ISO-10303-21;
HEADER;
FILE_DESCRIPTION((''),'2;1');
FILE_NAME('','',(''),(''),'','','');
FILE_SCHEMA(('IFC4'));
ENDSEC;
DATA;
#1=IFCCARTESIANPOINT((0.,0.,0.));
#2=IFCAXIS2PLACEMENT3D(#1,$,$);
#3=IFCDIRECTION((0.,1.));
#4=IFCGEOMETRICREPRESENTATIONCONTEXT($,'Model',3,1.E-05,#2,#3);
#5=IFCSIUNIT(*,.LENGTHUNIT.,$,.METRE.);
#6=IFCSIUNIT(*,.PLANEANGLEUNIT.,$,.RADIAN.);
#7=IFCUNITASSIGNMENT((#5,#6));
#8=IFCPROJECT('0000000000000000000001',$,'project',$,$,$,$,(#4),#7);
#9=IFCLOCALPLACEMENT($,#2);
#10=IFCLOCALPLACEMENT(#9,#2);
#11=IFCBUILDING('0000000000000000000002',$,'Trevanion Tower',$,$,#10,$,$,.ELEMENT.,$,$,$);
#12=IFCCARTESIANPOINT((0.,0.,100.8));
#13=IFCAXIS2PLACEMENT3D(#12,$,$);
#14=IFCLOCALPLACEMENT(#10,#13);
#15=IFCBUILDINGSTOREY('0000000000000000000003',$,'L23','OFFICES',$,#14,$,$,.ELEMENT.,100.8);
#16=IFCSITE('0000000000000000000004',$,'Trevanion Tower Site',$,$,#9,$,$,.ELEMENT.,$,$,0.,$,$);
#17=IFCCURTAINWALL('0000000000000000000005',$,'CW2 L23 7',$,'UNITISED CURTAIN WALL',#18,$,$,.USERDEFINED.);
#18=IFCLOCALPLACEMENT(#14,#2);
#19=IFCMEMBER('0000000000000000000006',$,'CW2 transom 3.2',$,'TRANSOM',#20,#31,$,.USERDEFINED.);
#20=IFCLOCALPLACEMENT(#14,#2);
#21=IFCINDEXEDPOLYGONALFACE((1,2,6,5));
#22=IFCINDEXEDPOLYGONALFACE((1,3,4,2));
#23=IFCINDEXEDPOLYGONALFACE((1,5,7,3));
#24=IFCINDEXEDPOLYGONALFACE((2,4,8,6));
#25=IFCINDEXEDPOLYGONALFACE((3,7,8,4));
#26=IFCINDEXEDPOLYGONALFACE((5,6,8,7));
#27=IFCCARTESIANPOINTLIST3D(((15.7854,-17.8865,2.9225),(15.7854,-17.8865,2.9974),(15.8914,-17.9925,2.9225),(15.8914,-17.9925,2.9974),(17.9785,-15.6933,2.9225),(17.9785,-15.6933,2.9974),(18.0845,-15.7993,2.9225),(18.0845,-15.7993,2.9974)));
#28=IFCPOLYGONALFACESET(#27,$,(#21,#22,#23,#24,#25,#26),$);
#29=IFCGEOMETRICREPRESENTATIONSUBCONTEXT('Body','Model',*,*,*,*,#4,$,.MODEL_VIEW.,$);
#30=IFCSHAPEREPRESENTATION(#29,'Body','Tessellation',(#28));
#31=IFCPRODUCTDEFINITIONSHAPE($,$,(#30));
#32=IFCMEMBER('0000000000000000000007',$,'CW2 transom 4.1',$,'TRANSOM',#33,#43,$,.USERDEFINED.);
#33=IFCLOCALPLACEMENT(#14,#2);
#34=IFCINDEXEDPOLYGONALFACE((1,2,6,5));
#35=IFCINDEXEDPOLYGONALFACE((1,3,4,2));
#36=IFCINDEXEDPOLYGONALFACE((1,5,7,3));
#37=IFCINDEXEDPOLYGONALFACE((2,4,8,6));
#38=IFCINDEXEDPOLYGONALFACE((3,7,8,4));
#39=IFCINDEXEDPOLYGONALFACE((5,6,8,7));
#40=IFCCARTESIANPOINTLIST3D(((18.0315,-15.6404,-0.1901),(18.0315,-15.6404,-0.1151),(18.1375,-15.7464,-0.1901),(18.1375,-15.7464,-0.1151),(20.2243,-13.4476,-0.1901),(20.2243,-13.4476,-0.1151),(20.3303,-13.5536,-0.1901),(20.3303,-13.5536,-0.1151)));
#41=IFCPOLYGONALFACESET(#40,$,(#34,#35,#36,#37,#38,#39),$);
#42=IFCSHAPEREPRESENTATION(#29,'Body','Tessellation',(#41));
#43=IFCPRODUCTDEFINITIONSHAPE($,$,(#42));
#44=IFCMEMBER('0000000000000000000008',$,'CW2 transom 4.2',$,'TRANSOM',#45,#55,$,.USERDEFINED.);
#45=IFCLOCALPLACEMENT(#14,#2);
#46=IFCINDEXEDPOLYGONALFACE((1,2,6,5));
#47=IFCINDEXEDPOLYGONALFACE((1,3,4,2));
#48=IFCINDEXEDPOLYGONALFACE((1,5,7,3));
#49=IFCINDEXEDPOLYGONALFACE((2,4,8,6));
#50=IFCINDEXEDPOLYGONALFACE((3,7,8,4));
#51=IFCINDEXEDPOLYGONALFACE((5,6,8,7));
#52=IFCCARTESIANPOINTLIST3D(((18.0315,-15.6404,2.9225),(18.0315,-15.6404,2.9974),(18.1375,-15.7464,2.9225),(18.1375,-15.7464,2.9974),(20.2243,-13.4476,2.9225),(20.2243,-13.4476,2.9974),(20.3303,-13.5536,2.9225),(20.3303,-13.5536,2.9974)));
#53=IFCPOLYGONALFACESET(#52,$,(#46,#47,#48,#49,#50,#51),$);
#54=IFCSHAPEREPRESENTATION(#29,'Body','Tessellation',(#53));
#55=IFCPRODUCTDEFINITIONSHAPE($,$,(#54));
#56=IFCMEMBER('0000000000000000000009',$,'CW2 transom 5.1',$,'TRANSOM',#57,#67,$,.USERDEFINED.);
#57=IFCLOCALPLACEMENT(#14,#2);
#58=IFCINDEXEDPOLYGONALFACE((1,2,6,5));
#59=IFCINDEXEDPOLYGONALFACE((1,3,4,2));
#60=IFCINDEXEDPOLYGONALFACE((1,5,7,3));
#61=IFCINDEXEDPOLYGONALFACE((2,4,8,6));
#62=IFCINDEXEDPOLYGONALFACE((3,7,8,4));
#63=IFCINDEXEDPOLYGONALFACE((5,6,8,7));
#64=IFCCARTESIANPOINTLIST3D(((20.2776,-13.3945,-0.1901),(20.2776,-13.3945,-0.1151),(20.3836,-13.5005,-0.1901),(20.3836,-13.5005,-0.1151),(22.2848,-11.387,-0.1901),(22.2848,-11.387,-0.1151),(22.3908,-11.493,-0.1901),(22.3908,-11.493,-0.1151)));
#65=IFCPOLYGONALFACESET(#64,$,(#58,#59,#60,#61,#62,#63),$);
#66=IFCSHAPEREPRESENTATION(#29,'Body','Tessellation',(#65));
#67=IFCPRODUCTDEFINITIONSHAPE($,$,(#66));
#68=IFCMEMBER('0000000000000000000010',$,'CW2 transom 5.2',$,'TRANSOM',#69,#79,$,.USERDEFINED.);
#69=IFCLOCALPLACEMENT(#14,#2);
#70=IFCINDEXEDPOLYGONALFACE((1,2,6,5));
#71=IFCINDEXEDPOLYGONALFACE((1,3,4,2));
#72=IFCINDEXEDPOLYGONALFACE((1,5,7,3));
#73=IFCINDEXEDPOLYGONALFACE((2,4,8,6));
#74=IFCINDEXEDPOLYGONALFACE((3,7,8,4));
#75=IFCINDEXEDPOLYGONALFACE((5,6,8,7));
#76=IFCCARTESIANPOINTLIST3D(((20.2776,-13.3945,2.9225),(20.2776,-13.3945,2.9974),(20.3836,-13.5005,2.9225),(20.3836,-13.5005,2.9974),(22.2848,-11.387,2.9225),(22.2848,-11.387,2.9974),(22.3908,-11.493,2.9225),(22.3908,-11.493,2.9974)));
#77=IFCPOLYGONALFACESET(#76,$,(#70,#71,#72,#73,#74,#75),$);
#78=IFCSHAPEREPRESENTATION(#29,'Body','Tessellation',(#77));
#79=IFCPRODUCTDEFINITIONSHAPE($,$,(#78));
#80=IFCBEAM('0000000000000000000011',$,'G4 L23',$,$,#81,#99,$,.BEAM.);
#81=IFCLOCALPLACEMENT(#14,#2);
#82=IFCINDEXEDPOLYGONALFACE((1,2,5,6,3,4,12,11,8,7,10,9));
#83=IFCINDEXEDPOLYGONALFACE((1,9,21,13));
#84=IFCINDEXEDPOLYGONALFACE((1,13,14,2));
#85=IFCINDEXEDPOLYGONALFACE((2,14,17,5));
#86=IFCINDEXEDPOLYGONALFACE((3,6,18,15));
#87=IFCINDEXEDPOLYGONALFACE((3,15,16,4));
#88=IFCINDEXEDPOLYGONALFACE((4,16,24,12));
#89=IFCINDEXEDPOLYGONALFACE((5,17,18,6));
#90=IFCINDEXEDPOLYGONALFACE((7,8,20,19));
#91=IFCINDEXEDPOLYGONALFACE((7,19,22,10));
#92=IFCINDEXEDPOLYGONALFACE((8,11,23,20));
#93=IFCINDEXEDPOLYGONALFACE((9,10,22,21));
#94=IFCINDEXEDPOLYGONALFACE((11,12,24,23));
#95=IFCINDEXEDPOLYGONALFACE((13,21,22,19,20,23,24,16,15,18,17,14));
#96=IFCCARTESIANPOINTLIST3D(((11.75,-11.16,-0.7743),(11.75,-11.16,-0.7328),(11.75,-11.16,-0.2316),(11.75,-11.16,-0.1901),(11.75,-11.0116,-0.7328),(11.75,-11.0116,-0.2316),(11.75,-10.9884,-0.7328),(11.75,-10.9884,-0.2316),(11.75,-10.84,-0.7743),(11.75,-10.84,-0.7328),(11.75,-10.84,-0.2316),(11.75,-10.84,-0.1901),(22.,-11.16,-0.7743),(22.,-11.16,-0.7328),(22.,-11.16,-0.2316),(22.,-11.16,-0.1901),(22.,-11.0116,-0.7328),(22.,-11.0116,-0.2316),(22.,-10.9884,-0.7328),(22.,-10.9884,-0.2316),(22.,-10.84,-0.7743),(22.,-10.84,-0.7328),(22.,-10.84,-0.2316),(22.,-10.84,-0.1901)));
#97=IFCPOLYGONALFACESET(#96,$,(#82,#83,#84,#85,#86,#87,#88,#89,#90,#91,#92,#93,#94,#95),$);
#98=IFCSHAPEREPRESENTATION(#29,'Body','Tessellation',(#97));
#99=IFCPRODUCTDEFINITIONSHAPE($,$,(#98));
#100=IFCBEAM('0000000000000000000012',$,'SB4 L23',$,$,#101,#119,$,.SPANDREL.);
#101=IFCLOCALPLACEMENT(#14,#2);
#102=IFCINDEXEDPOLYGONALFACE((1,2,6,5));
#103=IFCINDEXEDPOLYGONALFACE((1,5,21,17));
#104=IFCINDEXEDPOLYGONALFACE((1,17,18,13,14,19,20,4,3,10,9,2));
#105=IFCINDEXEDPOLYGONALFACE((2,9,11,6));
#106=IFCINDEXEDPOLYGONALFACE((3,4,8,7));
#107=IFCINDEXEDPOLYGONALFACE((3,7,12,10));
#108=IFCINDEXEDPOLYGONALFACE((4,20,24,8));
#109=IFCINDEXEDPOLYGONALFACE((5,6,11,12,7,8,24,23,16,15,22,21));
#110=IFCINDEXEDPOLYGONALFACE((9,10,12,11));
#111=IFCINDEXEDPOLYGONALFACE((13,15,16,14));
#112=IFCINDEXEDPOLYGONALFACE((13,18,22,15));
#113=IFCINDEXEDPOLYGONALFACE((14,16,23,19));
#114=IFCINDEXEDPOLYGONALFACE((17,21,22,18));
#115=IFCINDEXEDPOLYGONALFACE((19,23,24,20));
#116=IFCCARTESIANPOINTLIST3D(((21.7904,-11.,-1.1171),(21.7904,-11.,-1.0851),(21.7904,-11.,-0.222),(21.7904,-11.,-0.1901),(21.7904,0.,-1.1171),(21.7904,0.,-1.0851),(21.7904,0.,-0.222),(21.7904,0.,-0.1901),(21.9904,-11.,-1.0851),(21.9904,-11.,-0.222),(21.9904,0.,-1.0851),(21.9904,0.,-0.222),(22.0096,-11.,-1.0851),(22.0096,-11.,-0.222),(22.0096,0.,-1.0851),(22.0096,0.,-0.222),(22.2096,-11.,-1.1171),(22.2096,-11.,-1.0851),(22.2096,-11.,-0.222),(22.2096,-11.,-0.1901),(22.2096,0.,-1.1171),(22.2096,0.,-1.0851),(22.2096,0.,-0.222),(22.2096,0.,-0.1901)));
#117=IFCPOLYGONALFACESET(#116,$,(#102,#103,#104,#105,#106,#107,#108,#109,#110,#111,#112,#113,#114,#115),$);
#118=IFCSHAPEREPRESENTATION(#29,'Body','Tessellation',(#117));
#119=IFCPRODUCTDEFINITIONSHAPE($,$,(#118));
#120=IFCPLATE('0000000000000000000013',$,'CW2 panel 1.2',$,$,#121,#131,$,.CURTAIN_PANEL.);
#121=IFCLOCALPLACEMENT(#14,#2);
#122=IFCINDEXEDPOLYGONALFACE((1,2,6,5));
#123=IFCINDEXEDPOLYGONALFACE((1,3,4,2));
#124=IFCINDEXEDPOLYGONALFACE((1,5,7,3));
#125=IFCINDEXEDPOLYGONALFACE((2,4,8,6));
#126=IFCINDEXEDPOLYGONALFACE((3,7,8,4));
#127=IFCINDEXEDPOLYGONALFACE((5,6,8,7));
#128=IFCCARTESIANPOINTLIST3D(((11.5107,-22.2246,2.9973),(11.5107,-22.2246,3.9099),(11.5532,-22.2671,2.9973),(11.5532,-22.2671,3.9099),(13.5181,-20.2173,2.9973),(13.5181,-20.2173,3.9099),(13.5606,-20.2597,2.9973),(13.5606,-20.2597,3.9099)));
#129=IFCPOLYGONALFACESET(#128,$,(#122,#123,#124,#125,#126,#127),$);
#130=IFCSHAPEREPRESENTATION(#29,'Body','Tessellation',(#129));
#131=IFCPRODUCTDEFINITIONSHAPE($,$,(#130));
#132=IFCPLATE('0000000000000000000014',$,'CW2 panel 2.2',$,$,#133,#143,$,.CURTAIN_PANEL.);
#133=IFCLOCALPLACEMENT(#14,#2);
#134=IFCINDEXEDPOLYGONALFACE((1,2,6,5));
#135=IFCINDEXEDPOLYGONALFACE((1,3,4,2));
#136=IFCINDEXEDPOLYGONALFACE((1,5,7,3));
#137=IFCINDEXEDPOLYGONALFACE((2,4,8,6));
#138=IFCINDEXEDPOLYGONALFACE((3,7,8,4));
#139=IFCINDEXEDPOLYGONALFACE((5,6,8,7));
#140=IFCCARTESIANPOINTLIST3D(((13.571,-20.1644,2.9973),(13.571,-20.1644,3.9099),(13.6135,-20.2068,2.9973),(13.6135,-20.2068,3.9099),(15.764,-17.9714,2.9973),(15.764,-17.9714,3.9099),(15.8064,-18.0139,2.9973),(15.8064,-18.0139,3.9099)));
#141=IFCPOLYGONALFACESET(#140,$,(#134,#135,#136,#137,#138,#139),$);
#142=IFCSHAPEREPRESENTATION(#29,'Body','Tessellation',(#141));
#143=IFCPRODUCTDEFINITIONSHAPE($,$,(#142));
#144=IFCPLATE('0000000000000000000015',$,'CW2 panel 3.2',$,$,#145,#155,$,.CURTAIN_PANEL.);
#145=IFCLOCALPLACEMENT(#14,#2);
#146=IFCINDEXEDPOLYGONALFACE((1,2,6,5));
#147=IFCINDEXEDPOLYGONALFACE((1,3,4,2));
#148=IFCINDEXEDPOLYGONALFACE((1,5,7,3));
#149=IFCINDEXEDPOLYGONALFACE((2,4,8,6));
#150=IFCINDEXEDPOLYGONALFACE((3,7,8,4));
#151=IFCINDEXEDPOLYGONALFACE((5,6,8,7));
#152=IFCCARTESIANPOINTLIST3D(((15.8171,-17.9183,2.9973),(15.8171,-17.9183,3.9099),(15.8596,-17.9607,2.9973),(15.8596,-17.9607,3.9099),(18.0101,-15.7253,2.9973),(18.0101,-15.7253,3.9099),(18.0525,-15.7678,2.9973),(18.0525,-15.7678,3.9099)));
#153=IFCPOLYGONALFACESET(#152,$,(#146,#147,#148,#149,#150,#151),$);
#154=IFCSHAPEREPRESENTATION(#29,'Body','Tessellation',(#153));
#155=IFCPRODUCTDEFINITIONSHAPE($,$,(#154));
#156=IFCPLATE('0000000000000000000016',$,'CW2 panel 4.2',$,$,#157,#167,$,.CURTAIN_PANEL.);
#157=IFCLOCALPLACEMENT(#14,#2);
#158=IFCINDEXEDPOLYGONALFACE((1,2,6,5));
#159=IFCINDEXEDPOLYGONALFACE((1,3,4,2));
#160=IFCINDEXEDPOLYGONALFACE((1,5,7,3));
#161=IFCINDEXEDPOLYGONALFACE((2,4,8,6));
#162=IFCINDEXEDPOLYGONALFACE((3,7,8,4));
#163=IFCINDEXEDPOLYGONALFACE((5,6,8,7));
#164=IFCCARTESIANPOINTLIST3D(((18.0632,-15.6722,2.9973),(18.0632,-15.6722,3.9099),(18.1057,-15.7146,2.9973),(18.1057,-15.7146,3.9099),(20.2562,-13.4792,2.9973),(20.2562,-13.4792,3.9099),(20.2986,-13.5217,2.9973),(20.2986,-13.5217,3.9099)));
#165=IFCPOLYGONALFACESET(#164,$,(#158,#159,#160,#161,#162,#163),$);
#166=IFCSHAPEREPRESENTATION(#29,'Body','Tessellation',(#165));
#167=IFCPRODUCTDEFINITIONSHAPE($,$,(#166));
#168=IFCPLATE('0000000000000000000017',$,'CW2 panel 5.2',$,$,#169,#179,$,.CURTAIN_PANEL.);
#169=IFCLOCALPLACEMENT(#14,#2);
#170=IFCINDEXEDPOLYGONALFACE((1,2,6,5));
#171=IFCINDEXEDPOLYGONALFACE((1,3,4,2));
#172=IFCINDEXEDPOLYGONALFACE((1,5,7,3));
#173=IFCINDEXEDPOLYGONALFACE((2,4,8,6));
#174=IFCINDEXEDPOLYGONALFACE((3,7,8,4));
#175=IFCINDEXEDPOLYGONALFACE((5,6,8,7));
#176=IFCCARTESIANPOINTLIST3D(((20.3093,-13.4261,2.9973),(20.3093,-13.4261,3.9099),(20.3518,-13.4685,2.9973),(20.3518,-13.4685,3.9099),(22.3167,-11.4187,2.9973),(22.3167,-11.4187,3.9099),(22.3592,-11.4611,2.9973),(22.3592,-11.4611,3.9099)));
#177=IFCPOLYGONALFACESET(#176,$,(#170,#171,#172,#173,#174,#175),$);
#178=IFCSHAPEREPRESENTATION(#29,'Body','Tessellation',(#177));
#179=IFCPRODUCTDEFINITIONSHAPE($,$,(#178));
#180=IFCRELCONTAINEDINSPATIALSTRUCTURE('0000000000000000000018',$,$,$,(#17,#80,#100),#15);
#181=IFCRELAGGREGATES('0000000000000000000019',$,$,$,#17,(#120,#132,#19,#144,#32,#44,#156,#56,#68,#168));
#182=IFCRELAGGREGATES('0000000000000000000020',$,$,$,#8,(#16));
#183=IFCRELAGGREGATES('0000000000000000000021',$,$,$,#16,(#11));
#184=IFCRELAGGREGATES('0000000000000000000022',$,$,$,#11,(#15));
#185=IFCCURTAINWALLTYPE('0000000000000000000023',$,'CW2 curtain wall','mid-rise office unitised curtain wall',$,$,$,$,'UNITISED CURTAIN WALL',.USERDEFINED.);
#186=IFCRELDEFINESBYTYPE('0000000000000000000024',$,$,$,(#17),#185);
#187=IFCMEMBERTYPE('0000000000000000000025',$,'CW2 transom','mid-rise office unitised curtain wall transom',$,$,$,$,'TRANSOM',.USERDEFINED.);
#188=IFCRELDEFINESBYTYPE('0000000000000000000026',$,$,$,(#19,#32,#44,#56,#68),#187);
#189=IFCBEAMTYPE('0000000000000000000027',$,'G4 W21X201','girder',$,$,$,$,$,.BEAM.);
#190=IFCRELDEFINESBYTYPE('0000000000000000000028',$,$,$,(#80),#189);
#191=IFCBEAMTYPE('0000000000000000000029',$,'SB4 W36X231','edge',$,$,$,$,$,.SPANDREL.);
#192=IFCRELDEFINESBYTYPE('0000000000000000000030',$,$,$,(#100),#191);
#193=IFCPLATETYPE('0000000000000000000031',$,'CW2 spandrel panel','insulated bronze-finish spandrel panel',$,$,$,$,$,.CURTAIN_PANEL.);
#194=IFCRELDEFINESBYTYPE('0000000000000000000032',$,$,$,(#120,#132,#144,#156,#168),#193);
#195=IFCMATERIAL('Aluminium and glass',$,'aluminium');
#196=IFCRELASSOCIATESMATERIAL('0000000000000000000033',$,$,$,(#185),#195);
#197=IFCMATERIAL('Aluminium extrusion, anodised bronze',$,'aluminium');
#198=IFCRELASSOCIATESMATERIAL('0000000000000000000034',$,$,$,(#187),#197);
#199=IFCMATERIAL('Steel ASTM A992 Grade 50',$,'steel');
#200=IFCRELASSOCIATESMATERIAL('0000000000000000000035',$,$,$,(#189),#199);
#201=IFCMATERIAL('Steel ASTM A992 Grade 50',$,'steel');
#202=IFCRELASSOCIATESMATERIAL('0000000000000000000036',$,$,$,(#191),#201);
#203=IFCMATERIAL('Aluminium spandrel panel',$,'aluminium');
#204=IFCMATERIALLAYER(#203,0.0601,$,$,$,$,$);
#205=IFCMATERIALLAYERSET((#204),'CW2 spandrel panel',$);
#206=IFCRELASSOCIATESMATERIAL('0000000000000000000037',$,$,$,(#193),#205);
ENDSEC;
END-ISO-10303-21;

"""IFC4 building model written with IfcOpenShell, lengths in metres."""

from ifc_helpers import new_model, si_unit, direction, frame, origin, origin_2d, place, context, subcontext, project, spatial, rectangle, i_section, extrude, material, layer, layer_set, material_profile, profile_set, type_object, element, aggregate, save


model = new_model("IFC4")

# Units and contexts
model_context = context("Model", 3, precision=1e-05, world=origin(), true_north=direction((0.0, 1.0)))
body_context = subcontext(model_context, "Body", "Model", "MODEL_VIEW")
ifc_project = project(units=[si_unit("LENGTHUNIT", "METRE"), si_unit("PLANEANGLEUNIT", "RADIAN")], contexts=[model_context])

# Site, building, storey
site_placement = place(None, origin())
site = spatial("IfcSite", under=ifc_project, at=site_placement, Name="Trevanion Tower Site", CompositionType="ELEMENT", RefElevation=0.0)
building_placement = place(site_placement, origin())
building = spatial("IfcBuilding", under=site, at=building_placement, Name="Trevanion Tower", CompositionType="ELEMENT")
storey_placement = place(building_placement, frame((0.0, 0.0, 100.8)))
storey = spatial("IfcBuildingStorey", under=building, at=storey_placement, Name="L23", Description="OFFICES", CompositionType="ELEMENT", Elevation=100.8)

# Curtain wall, members
ifc_material_1 = material(Name="Aluminium and glass", Category="aluminium")
curtain_wall_type = type_object("IfcCurtainWallType", Name="CW2 curtain wall", Description="mid-rise office unitised curtain wall", ElementType="UNITISED CURTAIN WALL", PredefinedType="USERDEFINED", material=ifc_material_1)
curtain_wall_placement = place(storey_placement, origin())
curtain_wall = element("IfcCurtainWall", 1, at=curtain_wall_placement, inside=storey, type_object=curtain_wall_type, Name="CW2 L23 7", ObjectType="UNITISED CURTAIN WALL", PredefinedType="USERDEFINED")
ifc_material_2 = material(Name="Aluminium extrusion, anodised bronze", Category="aluminium")
ifc_material_profile_1 = material_profile(ifc_material_2, rectangle(XDim=0.1499, YDim=0.075, at=origin_2d()), Name="CW2 transom")
ifc_profile_set_1 = profile_set([ifc_material_profile_1], Name="Aluminium extrusion, anodised bronze")
member_type_1 = type_object("IfcMemberType", Name="CW2 transom", Description="mid-rise office unitised curtain wall transom", ElementType="TRANSOM", PredefinedType="USERDEFINED", material=ifc_profile_set_1)
member_1_placement = place(storey_placement, frame((15.8384, -17.9395, 2.96), z_axis=(0.707107, 0.707107, 0.0), x_axis=(-0.707107, 0.707107, 0.0)))
member_1 = element("IfcMember", 2, at=member_1_placement, type_object=member_type_1, Name="CW2 transom 3.2", ObjectType="TRANSOM", PredefinedType="USERDEFINED", context=body_context, shape_type="SweptSolid", body=[
    extrude(rectangle(XDim=0.1499, YDim=0.075, at=origin_2d()), origin(), (0.0, 0.0, 1.0), 3.1016),
])
member_2_placement = place(storey_placement, frame((18.0845, -15.6934, -0.1526), z_axis=(0.707107, 0.707107, 0.0), x_axis=(-0.707107, 0.707107, 0.0)))
member_2 = element("IfcMember", 3, at=member_2_placement, type_object=member_type_1, Name="CW2 transom 4.1", ObjectType="TRANSOM", PredefinedType="USERDEFINED", context=body_context, shape_type="SweptSolid", body=[
    extrude(rectangle(XDim=0.1499, YDim=0.075, at=origin_2d()), origin(), (0.0, 0.0, 1.0), 3.1011),
])
member_3_placement = place(storey_placement, frame((18.0845, -15.6934, 2.96), z_axis=(0.707107, 0.707107, 0.0), x_axis=(-0.707107, 0.707107, 0.0)))
member_3 = element("IfcMember", 4, at=member_3_placement, type_object=member_type_1, Name="CW2 transom 4.2", ObjectType="TRANSOM", PredefinedType="USERDEFINED", context=body_context, shape_type="SweptSolid", body=[
    extrude(rectangle(XDim=0.1499, YDim=0.075, at=origin_2d()), origin(), (0.0, 0.0, 1.0), 3.1011),
])
member_4_placement = place(storey_placement, frame((20.3306, -13.4475, -0.1526), z_axis=(0.707064, 0.70715, 0.0), x_axis=(-0.70715, 0.707064, 0.0)))
member_4 = element("IfcMember", 5, at=member_4_placement, type_object=member_type_1, Name="CW2 transom 5.1", ObjectType="TRANSOM", PredefinedType="USERDEFINED", context=body_context, shape_type="SweptSolid", body=[
    extrude(rectangle(XDim=0.1499, YDim=0.075, at=origin_2d()), origin(), (0.0, 0.0, 1.0), 2.8389),
])
member_5_placement = place(storey_placement, frame((20.3306, -13.4475, 2.96), z_axis=(0.707064, 0.70715, 0.0), x_axis=(-0.70715, 0.707064, 0.0)))
member_5 = element("IfcMember", 6, at=member_5_placement, type_object=member_type_1, Name="CW2 transom 5.2", ObjectType="TRANSOM", PredefinedType="USERDEFINED", context=body_context, shape_type="SweptSolid", body=[
    extrude(rectangle(XDim=0.1499, YDim=0.075, at=origin_2d()), origin(), (0.0, 0.0, 1.0), 2.8389),
])

# Beams
ifc_material_3 = material(Name="Steel ASTM A992 Grade 50", Category="steel")
ifc_material_profile_2 = material_profile(ifc_material_3, i_section(OverallWidth=0.3201, OverallDepth=0.5842, WebThickness=0.0232, FlangeThickness=0.0415, at=origin_2d()), Name="W21X201")
ifc_profile_set_2 = profile_set([ifc_material_profile_2], Name="Steel ASTM A992 Grade 50")
beam_type_1 = type_object("IfcBeamType", Name="G4 W21X201", Description="girder", PredefinedType="BEAM", material=ifc_profile_set_2)
beam_1_placement = place(storey_placement, frame((11.75, -11.0, -0.4822), z_axis=(1.0, 0.0, 0.0), x_axis=(0.0, 1.0, 0.0)))
element("IfcBeam", 7, at=beam_1_placement, inside=storey, type_object=beam_type_1, Name="G4 L23", PredefinedType="BEAM", context=body_context, shape_type="SweptSolid", body=[
    extrude(i_section(OverallWidth=0.3201, OverallDepth=0.5842, WebThickness=0.0232, FlangeThickness=0.0415, at=origin_2d()), origin(), (0.0, 0.0, 1.0), 10.25),
])
ifc_material_4 = material(Name="Steel ASTM A992 Grade 50", Category="steel")
ifc_material_profile_3 = material_profile(ifc_material_4, i_section(OverallWidth=0.4192, OverallDepth=0.927, WebThickness=0.0193, FlangeThickness=0.032, at=origin_2d()), Name="W36X231")
ifc_profile_set_3 = profile_set([ifc_material_profile_3], Name="Steel ASTM A992 Grade 50")
beam_type_2 = type_object("IfcBeamType", Name="SB4 W36X231", Description="edge", PredefinedType="SPANDREL", material=ifc_profile_set_3)
beam_2_placement = place(storey_placement, frame((22.0, -11.0, -0.6536), z_axis=(0.0, 1.0, 0.0), x_axis=(-1.0, 0.0, 0.0)))
element("IfcBeam", 8, at=beam_2_placement, inside=storey, type_object=beam_type_2, Name="SB4 L23", PredefinedType="SPANDREL", context=body_context, shape_type="SweptSolid", body=[
    extrude(i_section(OverallWidth=0.4192, OverallDepth=0.927, WebThickness=0.0193, FlangeThickness=0.032, at=origin_2d()), origin(), (0.0, 0.0, 1.0), 11.0),
])

# Plates
ifc_material_5 = material(Name="Aluminium spandrel panel", Category="aluminium")
ifc_layer_1 = layer(ifc_material_5, 0.0601)
ifc_layer_set_1 = layer_set([ifc_layer_1], Name="CW2 spandrel panel")
plate_type_1 = type_object("IfcPlateType", Name="CW2 spandrel panel", Description="insulated bronze-finish spandrel panel", PredefinedType="CURTAIN_PANEL", material=ifc_layer_set_1)
plate_1_placement = place(storey_placement, frame((12.5356, -21.2422, 2.9973), z_axis=(0.0, 0.0, 1.0), x_axis=(0.707107, 0.707107, 0.0)))
plate_1 = element("IfcPlate", 9, at=plate_1_placement, type_object=plate_type_1, Name="CW2 panel 1.2", PredefinedType="CURTAIN_PANEL", context=body_context, shape_type="SweptSolid", body=[
    extrude(rectangle(XDim=2.8389, YDim=0.0601, at=origin_2d()), origin(), (0.0, 0.0, 1.0), 0.9126),
])
plate_2_placement = place(storey_placement, frame((14.6887, -19.0891, 2.9973), z_axis=(0.0, 0.0, 1.0), x_axis=(0.707107, 0.707107, 0.0)))
plate_2 = element("IfcPlate", 10, at=plate_2_placement, type_object=plate_type_1, Name="CW2 panel 2.2", PredefinedType="CURTAIN_PANEL", context=body_context, shape_type="SweptSolid", body=[
    extrude(rectangle(XDim=3.1013, YDim=0.0601, at=origin_2d()), origin(), (0.0, 0.0, 1.0), 0.9126),
])
plate_3_placement = place(storey_placement, frame((16.9348, -16.843, 2.9973), z_axis=(0.0, 0.0, 1.0), x_axis=(0.707107, 0.707107, 0.0)))
plate_3 = element("IfcPlate", 11, at=plate_3_placement, type_object=plate_type_1, Name="CW2 panel 3.2", PredefinedType="CURTAIN_PANEL", context=body_context, shape_type="SweptSolid", body=[
    extrude(rectangle(XDim=3.1013, YDim=0.0601, at=origin_2d()), origin(), (0.0, 0.0, 1.0), 0.9126),
])
plate_4_placement = place(storey_placement, frame((19.1809, -14.5969, 2.9973), z_axis=(0.0, 0.0, 1.0), x_axis=(0.707107, 0.707107, 0.0)))
plate_4 = element("IfcPlate", 12, at=plate_4_placement, type_object=plate_type_1, Name="CW2 panel 4.2", PredefinedType="CURTAIN_PANEL", context=body_context, shape_type="SweptSolid", body=[
    extrude(rectangle(XDim=3.1013, YDim=0.0601, at=origin_2d()), origin(), (0.0, 0.0, 1.0), 0.9126),
])
plate_5_placement = place(storey_placement, frame((21.3342, -12.4436, 2.9973), z_axis=(0.0, 0.0, 1.0), x_axis=(0.707107, 0.707107, 0.0)))
plate_5 = element("IfcPlate", 13, at=plate_5_placement, type_object=plate_type_1, Name="CW2 panel 5.2", PredefinedType="CURTAIN_PANEL", context=body_context, shape_type="SweptSolid", body=[
    extrude(rectangle(XDim=2.8389, YDim=0.0601, at=origin_2d()), origin(), (0.0, 0.0, 1.0), 0.9126),
])
aggregate(curtain_wall, [plate_1, plate_2, member_1, plate_3, member_2, member_3, plate_4, member_4, member_5, plate_5])

save(model, "model.ifc")
